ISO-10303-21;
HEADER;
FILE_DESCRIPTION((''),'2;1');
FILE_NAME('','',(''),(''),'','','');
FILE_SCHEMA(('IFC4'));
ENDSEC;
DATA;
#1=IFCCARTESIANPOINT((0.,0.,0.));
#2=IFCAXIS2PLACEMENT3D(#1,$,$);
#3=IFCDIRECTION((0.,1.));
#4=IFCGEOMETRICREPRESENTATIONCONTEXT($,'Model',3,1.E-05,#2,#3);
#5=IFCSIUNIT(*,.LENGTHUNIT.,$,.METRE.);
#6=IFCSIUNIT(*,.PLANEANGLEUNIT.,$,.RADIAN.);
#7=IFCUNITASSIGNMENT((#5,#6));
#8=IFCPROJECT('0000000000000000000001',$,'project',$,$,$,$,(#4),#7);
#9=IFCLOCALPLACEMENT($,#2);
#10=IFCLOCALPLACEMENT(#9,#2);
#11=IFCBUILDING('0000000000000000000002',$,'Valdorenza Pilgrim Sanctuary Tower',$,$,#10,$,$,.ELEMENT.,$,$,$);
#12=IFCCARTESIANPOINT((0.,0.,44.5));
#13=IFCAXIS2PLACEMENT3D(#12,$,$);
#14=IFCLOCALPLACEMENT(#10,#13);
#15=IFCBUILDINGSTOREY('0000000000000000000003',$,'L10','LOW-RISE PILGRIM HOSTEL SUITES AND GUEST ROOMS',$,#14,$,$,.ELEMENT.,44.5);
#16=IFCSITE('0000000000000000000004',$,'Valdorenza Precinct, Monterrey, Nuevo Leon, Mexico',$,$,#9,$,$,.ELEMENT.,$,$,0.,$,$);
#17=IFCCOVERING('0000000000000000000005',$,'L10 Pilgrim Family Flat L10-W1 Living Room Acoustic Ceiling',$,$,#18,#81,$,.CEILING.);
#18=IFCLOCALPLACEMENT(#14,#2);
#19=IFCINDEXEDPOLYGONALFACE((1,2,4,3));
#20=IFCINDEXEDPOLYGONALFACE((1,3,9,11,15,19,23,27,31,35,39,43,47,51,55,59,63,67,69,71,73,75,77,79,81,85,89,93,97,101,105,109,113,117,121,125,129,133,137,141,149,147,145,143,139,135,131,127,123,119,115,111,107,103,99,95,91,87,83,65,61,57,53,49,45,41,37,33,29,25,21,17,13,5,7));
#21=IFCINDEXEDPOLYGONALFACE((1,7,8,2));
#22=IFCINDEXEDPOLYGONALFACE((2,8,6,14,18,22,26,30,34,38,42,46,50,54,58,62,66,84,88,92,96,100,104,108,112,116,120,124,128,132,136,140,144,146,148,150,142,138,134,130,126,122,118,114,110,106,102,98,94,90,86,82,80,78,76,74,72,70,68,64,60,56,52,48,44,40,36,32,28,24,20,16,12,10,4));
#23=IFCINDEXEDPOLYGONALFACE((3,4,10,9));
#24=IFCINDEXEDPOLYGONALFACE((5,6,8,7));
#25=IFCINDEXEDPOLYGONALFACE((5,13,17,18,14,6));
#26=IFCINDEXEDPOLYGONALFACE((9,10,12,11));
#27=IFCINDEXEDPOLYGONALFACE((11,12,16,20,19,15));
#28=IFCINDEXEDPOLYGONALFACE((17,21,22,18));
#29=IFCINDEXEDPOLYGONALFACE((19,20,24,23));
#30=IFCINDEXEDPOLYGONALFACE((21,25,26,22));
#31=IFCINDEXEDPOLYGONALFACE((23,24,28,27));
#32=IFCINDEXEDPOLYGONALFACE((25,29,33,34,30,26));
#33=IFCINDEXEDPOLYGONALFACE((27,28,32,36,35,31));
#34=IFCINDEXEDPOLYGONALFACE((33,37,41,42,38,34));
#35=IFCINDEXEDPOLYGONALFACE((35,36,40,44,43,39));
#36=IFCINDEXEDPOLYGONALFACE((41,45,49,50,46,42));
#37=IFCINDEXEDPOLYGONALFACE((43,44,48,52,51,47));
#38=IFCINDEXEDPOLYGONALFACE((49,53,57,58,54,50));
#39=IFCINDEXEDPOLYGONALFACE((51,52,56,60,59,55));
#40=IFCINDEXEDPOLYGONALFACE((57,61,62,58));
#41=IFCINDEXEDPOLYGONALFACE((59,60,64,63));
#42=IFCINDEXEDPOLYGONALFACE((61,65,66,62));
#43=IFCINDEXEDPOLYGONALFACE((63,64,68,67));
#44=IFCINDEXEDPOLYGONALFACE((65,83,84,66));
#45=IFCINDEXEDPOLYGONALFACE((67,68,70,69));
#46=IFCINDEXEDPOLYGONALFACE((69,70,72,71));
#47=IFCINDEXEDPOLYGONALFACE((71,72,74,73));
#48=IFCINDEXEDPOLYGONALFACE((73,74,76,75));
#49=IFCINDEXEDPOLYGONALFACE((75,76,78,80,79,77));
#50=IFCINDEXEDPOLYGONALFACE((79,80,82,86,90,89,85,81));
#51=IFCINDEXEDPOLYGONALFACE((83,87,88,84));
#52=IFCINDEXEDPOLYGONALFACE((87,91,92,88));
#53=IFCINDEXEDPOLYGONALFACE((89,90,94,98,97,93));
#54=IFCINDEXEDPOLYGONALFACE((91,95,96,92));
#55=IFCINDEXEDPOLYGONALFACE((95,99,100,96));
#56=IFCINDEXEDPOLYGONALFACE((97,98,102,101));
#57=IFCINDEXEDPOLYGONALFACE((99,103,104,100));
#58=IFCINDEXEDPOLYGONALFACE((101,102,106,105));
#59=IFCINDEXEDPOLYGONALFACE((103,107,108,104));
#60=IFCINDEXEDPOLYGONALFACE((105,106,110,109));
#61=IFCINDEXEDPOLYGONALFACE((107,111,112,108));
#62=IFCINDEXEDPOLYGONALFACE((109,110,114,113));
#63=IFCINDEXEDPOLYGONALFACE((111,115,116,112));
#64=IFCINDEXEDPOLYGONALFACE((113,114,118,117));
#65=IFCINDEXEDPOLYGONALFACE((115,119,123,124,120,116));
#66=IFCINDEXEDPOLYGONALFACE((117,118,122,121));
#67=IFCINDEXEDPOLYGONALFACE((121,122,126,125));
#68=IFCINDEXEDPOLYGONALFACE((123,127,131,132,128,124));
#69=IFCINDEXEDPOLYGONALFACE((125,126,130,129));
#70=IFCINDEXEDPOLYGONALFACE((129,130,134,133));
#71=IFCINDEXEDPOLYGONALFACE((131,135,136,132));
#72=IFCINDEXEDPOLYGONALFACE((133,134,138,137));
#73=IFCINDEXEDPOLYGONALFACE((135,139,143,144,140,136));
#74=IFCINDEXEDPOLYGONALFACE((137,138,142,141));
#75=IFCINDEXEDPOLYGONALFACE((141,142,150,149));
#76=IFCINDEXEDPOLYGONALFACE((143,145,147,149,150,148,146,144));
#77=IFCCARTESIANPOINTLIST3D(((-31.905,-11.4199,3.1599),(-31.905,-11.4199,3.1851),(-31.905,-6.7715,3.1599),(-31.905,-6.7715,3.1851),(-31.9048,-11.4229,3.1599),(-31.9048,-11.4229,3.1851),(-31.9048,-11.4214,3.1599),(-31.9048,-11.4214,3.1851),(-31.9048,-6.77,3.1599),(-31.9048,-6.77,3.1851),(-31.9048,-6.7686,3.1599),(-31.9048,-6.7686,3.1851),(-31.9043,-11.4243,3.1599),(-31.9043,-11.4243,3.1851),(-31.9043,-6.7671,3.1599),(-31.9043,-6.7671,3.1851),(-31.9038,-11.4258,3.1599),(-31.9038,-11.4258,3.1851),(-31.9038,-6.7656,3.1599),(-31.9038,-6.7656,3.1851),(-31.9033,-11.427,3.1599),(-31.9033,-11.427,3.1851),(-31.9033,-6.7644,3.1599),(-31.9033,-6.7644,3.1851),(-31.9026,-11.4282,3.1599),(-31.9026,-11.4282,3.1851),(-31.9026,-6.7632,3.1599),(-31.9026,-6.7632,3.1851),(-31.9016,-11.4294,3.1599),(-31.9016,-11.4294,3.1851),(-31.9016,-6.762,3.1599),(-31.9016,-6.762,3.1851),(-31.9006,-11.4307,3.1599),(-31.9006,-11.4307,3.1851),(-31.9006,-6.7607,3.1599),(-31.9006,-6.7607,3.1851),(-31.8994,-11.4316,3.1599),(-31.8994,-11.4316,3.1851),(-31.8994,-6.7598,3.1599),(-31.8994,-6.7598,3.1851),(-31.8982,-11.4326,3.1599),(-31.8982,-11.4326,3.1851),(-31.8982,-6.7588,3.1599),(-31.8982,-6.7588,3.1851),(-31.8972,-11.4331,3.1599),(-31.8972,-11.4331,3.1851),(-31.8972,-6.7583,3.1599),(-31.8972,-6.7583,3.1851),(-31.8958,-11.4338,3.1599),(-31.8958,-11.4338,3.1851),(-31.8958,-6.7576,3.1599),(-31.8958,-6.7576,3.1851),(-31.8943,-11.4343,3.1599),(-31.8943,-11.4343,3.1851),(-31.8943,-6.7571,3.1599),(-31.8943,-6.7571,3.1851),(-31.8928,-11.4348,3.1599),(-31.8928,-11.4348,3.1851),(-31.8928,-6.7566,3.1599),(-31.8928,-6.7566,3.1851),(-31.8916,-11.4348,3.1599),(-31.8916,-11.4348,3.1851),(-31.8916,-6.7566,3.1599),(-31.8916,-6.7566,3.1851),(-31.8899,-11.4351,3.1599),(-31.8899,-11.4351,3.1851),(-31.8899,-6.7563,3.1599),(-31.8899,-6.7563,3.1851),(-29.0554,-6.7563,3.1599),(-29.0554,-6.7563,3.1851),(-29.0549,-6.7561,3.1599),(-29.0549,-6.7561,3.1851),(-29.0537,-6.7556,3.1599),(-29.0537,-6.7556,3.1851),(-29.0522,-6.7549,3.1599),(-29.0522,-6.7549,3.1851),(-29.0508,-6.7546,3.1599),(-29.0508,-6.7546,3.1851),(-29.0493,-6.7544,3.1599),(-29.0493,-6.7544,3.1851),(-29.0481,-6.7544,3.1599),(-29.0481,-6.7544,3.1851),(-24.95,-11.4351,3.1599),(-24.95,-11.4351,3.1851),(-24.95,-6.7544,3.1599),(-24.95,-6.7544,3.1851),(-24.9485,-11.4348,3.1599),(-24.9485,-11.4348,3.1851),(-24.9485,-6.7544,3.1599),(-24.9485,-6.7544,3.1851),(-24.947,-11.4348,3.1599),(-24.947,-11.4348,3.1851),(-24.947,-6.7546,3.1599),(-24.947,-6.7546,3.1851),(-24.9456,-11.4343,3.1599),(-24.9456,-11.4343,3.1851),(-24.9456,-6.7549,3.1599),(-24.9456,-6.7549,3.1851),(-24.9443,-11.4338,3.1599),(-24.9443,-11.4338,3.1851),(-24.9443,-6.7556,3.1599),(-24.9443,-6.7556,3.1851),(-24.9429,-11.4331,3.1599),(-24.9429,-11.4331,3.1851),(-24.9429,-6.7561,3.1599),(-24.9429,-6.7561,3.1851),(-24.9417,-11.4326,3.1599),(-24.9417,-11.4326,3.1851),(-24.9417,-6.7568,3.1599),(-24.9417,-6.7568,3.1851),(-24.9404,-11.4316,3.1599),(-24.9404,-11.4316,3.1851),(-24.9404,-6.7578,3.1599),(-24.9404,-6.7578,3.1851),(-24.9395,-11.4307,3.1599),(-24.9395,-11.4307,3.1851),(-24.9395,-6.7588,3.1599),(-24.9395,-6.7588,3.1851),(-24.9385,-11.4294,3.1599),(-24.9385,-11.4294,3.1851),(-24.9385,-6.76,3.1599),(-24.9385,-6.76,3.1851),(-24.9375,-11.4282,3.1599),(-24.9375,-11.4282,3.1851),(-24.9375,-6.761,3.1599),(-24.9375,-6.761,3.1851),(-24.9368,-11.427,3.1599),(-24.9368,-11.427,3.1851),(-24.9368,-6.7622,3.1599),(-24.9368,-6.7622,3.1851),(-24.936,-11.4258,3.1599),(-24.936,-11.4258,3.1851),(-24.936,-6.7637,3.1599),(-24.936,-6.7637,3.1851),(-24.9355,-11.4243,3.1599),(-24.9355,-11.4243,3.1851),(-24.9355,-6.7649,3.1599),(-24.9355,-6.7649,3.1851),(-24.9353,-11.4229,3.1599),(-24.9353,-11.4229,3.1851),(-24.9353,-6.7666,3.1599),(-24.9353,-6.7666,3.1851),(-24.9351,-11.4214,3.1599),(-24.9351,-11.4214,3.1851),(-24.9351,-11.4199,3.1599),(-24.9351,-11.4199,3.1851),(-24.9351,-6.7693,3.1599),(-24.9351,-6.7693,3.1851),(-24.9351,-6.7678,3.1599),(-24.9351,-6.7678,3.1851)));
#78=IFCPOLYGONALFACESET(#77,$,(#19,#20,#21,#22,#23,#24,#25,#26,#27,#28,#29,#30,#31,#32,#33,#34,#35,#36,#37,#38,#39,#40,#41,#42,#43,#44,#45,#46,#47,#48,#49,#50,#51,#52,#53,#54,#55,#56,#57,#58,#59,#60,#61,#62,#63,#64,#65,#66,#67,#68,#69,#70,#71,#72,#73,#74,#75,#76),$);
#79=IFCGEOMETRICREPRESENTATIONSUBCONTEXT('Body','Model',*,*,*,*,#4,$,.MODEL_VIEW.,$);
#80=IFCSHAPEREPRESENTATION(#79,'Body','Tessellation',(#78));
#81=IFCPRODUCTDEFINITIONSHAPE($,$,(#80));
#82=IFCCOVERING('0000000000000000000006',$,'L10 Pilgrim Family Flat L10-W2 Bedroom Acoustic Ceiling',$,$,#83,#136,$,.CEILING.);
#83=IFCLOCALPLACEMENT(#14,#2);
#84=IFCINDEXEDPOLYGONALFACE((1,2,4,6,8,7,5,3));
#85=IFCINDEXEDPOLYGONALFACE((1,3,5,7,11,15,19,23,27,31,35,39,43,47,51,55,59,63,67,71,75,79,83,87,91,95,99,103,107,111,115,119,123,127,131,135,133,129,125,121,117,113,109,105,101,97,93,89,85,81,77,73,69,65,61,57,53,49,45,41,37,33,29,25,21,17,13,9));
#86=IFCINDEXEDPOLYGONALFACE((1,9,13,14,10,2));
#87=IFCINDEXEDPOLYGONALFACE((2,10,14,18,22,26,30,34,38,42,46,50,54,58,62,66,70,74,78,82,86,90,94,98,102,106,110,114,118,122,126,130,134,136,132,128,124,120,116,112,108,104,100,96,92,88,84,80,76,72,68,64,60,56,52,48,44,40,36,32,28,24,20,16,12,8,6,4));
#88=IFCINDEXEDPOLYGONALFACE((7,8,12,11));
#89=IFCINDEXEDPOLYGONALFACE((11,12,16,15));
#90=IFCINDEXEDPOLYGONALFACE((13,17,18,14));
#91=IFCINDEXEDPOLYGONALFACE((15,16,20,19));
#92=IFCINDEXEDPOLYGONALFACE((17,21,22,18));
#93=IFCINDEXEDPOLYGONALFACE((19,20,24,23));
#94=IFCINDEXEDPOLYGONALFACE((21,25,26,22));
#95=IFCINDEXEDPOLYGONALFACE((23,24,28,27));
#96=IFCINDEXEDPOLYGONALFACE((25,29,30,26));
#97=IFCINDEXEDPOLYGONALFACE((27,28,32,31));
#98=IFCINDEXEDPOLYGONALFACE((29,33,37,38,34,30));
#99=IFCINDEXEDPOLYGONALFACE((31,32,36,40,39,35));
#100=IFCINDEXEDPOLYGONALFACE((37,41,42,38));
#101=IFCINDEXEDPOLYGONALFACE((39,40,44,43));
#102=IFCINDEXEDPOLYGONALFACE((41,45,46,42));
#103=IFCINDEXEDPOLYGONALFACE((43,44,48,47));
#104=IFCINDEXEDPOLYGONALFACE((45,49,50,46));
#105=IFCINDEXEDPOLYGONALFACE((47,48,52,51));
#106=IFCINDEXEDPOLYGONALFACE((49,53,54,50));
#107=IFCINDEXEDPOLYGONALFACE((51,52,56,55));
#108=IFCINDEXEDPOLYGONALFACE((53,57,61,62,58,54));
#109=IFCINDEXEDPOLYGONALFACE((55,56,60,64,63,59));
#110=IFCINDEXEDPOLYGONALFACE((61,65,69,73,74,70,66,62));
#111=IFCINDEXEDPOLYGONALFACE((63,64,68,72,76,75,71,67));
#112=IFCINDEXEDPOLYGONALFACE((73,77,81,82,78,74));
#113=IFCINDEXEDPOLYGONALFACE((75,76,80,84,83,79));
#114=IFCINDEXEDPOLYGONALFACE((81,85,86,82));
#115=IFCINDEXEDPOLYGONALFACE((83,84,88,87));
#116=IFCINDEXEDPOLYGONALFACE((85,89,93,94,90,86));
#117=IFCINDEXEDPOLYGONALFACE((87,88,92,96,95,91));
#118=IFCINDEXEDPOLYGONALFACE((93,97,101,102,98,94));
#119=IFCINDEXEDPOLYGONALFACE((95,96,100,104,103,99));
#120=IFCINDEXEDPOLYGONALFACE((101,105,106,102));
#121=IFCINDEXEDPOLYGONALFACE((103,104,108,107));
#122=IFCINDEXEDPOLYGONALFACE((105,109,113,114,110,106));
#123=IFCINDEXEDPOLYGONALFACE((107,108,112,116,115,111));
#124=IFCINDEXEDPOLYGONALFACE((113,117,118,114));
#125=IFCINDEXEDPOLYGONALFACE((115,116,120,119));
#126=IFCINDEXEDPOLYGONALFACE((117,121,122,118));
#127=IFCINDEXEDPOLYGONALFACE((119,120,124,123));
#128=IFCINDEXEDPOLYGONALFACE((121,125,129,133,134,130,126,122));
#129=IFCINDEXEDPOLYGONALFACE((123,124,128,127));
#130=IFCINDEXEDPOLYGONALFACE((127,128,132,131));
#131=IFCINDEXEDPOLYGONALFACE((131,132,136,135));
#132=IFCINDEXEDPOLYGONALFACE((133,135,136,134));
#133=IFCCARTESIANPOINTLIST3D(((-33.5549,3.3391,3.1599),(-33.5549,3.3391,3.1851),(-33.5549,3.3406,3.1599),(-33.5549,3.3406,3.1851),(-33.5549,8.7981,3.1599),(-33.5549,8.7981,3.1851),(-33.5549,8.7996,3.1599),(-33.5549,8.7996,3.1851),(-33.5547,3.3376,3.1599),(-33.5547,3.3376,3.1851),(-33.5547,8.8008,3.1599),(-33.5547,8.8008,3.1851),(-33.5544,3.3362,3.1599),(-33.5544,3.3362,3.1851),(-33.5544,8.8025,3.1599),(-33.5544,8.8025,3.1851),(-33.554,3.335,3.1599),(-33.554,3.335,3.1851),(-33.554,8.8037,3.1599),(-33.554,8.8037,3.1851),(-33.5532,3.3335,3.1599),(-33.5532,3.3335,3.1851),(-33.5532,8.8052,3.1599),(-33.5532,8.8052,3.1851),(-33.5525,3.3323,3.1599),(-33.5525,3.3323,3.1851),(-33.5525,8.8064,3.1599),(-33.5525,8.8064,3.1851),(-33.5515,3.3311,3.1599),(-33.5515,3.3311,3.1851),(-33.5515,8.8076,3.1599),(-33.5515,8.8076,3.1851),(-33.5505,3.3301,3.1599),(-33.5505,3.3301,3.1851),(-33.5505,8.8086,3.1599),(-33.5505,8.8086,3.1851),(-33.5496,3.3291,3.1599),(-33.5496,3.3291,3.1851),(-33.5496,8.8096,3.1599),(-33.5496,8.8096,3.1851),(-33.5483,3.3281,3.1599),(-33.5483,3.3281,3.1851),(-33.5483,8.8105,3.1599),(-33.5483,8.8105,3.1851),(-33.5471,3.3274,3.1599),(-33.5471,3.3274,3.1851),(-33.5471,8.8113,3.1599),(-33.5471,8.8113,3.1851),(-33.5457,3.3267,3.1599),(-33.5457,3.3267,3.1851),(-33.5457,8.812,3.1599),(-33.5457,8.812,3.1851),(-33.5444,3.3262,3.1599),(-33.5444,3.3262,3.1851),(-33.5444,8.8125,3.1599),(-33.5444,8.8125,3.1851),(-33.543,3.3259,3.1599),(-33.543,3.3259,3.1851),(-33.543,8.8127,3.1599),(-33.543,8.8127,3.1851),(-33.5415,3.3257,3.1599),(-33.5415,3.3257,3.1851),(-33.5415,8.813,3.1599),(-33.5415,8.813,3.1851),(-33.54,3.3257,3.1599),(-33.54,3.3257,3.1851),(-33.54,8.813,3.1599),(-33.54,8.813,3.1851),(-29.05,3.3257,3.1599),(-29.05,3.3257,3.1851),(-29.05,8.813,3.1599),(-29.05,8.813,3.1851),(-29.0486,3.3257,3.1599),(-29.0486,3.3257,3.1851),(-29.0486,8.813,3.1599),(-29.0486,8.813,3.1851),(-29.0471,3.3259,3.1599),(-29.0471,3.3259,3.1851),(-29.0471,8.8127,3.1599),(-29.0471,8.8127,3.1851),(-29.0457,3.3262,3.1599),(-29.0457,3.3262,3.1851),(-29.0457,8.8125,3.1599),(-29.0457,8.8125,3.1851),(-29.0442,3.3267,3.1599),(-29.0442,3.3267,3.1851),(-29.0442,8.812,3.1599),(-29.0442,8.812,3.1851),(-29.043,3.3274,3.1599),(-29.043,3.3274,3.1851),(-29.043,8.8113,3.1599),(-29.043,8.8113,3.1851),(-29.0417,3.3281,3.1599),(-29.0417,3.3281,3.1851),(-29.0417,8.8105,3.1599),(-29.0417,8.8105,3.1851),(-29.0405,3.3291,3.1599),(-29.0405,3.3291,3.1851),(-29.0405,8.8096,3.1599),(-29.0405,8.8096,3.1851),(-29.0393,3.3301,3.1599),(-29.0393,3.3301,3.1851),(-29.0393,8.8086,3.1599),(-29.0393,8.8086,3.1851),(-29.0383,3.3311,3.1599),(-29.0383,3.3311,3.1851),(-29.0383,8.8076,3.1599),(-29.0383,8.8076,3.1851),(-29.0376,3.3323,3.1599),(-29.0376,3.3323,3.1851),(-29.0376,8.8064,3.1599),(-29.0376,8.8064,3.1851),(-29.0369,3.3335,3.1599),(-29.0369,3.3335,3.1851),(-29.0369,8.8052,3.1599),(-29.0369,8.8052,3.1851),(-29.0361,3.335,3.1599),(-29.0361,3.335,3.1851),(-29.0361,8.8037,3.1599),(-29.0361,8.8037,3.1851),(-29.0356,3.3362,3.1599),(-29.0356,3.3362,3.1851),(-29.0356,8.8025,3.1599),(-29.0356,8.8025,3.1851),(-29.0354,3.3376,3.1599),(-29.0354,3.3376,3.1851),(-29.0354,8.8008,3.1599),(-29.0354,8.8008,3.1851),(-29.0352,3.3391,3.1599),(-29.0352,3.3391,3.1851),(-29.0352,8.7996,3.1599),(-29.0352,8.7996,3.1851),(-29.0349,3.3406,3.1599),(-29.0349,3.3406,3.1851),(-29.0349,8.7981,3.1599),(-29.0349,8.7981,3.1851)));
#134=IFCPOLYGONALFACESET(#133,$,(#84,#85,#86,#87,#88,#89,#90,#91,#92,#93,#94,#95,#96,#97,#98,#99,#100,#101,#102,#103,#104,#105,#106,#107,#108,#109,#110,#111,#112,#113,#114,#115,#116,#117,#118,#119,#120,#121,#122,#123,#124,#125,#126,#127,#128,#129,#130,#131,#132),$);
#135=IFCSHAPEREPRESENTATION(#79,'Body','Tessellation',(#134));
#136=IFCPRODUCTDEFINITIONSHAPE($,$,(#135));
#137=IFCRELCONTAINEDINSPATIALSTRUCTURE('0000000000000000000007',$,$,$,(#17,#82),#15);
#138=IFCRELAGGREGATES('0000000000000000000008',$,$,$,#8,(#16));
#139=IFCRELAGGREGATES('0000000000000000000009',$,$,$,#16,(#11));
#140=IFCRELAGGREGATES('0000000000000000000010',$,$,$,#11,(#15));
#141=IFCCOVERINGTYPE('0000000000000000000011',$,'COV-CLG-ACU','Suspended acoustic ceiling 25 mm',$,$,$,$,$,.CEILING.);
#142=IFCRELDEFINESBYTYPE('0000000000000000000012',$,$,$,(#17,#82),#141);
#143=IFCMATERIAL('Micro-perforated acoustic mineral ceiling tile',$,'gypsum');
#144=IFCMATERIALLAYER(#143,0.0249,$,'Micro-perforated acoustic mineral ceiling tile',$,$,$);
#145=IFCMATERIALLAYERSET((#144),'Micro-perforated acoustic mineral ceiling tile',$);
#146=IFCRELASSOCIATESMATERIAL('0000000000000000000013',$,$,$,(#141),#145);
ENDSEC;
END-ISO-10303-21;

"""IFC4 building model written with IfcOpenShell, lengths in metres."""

from ifc_helpers import new_model, si_unit, direction, frame, origin, place, context, subcontext, project, spatial, polyline, outline, extrude, material, layer, layer_set, type_object, element, save


model = new_model("IFC4")

# Units and contexts
model_context = context("Model", 3, precision=1e-05, world=origin(), true_north=direction((0.0, 1.0)))
body_context = subcontext(model_context, "Body", "Model", "MODEL_VIEW")
ifc_project = project(units=[si_unit("LENGTHUNIT", "METRE"), si_unit("PLANEANGLEUNIT", "RADIAN")], contexts=[model_context])

# Site, building, storey
site_placement = place(None, origin())
site = spatial("IfcSite", under=ifc_project, at=site_placement, Name="Valdorenza Precinct, Monterrey, Nuevo Leon, Mexico", CompositionType="ELEMENT", RefElevation=0.0)
building_placement = place(site_placement, origin())
building = spatial("IfcBuilding", under=site, at=building_placement, Name="Valdorenza Pilgrim Sanctuary Tower", CompositionType="ELEMENT")
storey_placement = place(building_placement, frame((0.0, 0.0, 44.5)))
storey = spatial("IfcBuildingStorey", under=building, at=storey_placement, Name="L10", Description="LOW-RISE PILGRIM HOSTEL SUITES AND GUEST ROOMS", CompositionType="ELEMENT", Elevation=44.5)

# Coverings
ifc_material_1 = material(Name="Micro-perforated acoustic mineral ceiling tile", Category="gypsum")
ifc_layer_1 = layer(ifc_material_1, 0.0249, Name="Micro-perforated acoustic mineral ceiling tile")
ifc_layer_set_1 = layer_set([ifc_layer_1], Name="Micro-perforated acoustic mineral ceiling tile")
covering_type_1 = type_object("IfcCoveringType", Name="COV-CLG-ACU", Description="Suspended acoustic ceiling 25 mm", PredefinedType="CEILING", material=ifc_layer_set_1)
covering_1_placement = place(storey_placement, frame((0.0, 0.0, 3.1599)))
element("IfcCovering", 1, at=covering_1_placement, inside=storey, type_object=covering_type_1, Name="L10 Pilgrim Family Flat L10-W1 Living Room Acoustic Ceiling", PredefinedType="CEILING", context=body_context, shape_type="SweptSolid", body=[
    extrude(outline(polyline([(-29.0554, -6.7563), (-29.0549, -6.7561), (-29.0537, -6.7556), (-29.0522, -6.7549), (-29.0508, -6.7546), (-29.0493, -6.7544), (-29.0481, -6.7544), (-24.95, -6.7544), (-24.9485, -6.7544), (-24.947, -6.7546), (-24.9456, -6.7549), (-24.9443, -6.7556), (-24.9429, -6.7561), (-24.9417, -6.7568), (-24.9404, -6.7578), (-24.9395, -6.7588), (-24.9385, -6.76), (-24.9375, -6.761), (-24.9368, -6.7622), (-24.936, -6.7637), (-24.9355, -6.7649), (-24.9353, -6.7666), (-24.9351, -6.7678), (-24.9351, -6.7693), (-24.9351, -11.4199), (-24.9351, -11.4214), (-24.9353, -11.4229), (-24.9355, -11.4243), (-24.936, -11.4258), (-24.9368, -11.427), (-24.9375, -11.4282), (-24.9385, -11.4294), (-24.9395, -11.4307), (-24.9404, -11.4316), (-24.9417, -11.4326), (-24.9429, -11.4331), (-24.9443, -11.4338), (-24.9456, -11.4343), (-24.947, -11.4348), (-24.9485, -11.4348), (-24.95, -11.4351), (-31.8899, -11.4351), (-31.8916, -11.4348), (-31.8928, -11.4348), (-31.8943, -11.4343), (-31.8958, -11.4338), (-31.8972, -11.4331), (-31.8982, -11.4326), (-31.8994, -11.4316), (-31.9006, -11.4307), (-31.9016, -11.4294), (-31.9026, -11.4282), (-31.9033, -11.427), (-31.9038, -11.4258), (-31.9043, -11.4243), (-31.9048, -11.4229), (-31.9048, -11.4214), (-31.905, -11.4199), (-31.905, -6.7715), (-31.9048, -6.77), (-31.9048, -6.7686), (-31.9043, -6.7671), (-31.9038, -6.7656), (-31.9033, -6.7644), (-31.9026, -6.7632), (-31.9016, -6.762), (-31.9006, -6.7607), (-31.8994, -6.7598), (-31.8982, -6.7588), (-31.8972, -6.7583), (-31.8958, -6.7576), (-31.8943, -6.7571), (-31.8928, -6.7566), (-31.8916, -6.7566), (-31.8899, -6.7563), (-29.0554, -6.7563)])), origin(), (0.0, 0.0, 1.0), 0.0251),
])
covering_2_placement = place(storey_placement, frame((0.0, 0.0, 3.1599)))
element("IfcCovering", 2, at=covering_2_placement, inside=storey, type_object=covering_type_1, Name="L10 Pilgrim Family Flat L10-W2 Bedroom Acoustic Ceiling", PredefinedType="CEILING", context=body_context, shape_type="SweptSolid", body=[
    extrude(outline(polyline([(-29.0349, 3.3406), (-29.0352, 3.3391), (-29.0354, 3.3376), (-29.0356, 3.3362), (-29.0361, 3.335), (-29.0369, 3.3335), (-29.0376, 3.3323), (-29.0383, 3.3311), (-29.0393, 3.3301), (-29.0405, 3.3291), (-29.0417, 3.3281), (-29.043, 3.3274), (-29.0442, 3.3267), (-29.0457, 3.3262), (-29.0471, 3.3259), (-29.0486, 3.3257), (-29.05, 3.3257), (-33.54, 3.3257), (-33.5415, 3.3257), (-33.543, 3.3259), (-33.5444, 3.3262), (-33.5457, 3.3267), (-33.5471, 3.3274), (-33.5483, 3.3281), (-33.5496, 3.3291), (-33.5505, 3.3301), (-33.5515, 3.3311), (-33.5525, 3.3323), (-33.5532, 3.3335), (-33.554, 3.335), (-33.5544, 3.3362), (-33.5547, 3.3376), (-33.5549, 3.3391), (-33.5549, 3.3406), (-33.5549, 8.7981), (-33.5549, 8.7996), (-33.5547, 8.8008), (-33.5544, 8.8025), (-33.554, 8.8037), (-33.5532, 8.8052), (-33.5525, 8.8064), (-33.5515, 8.8076), (-33.5505, 8.8086), (-33.5496, 8.8096), (-33.5483, 8.8105), (-33.5471, 8.8113), (-33.5457, 8.812), (-33.5444, 8.8125), (-33.543, 8.8127), (-33.5415, 8.813), (-33.54, 8.813), (-29.05, 8.813), (-29.0486, 8.813), (-29.0471, 8.8127), (-29.0457, 8.8125), (-29.0442, 8.812), (-29.043, 8.8113), (-29.0417, 8.8105), (-29.0405, 8.8096), (-29.0393, 8.8086), (-29.0383, 8.8076), (-29.0376, 8.8064), (-29.0369, 8.8052), (-29.0361, 8.8037), (-29.0356, 8.8025), (-29.0354, 8.8008), (-29.0352, 8.7996), (-29.0349, 8.7981), (-29.0349, 3.3406)])), origin(), (0.0, 0.0, 1.0), 0.0251),
])

save(model, "model.ifc")
